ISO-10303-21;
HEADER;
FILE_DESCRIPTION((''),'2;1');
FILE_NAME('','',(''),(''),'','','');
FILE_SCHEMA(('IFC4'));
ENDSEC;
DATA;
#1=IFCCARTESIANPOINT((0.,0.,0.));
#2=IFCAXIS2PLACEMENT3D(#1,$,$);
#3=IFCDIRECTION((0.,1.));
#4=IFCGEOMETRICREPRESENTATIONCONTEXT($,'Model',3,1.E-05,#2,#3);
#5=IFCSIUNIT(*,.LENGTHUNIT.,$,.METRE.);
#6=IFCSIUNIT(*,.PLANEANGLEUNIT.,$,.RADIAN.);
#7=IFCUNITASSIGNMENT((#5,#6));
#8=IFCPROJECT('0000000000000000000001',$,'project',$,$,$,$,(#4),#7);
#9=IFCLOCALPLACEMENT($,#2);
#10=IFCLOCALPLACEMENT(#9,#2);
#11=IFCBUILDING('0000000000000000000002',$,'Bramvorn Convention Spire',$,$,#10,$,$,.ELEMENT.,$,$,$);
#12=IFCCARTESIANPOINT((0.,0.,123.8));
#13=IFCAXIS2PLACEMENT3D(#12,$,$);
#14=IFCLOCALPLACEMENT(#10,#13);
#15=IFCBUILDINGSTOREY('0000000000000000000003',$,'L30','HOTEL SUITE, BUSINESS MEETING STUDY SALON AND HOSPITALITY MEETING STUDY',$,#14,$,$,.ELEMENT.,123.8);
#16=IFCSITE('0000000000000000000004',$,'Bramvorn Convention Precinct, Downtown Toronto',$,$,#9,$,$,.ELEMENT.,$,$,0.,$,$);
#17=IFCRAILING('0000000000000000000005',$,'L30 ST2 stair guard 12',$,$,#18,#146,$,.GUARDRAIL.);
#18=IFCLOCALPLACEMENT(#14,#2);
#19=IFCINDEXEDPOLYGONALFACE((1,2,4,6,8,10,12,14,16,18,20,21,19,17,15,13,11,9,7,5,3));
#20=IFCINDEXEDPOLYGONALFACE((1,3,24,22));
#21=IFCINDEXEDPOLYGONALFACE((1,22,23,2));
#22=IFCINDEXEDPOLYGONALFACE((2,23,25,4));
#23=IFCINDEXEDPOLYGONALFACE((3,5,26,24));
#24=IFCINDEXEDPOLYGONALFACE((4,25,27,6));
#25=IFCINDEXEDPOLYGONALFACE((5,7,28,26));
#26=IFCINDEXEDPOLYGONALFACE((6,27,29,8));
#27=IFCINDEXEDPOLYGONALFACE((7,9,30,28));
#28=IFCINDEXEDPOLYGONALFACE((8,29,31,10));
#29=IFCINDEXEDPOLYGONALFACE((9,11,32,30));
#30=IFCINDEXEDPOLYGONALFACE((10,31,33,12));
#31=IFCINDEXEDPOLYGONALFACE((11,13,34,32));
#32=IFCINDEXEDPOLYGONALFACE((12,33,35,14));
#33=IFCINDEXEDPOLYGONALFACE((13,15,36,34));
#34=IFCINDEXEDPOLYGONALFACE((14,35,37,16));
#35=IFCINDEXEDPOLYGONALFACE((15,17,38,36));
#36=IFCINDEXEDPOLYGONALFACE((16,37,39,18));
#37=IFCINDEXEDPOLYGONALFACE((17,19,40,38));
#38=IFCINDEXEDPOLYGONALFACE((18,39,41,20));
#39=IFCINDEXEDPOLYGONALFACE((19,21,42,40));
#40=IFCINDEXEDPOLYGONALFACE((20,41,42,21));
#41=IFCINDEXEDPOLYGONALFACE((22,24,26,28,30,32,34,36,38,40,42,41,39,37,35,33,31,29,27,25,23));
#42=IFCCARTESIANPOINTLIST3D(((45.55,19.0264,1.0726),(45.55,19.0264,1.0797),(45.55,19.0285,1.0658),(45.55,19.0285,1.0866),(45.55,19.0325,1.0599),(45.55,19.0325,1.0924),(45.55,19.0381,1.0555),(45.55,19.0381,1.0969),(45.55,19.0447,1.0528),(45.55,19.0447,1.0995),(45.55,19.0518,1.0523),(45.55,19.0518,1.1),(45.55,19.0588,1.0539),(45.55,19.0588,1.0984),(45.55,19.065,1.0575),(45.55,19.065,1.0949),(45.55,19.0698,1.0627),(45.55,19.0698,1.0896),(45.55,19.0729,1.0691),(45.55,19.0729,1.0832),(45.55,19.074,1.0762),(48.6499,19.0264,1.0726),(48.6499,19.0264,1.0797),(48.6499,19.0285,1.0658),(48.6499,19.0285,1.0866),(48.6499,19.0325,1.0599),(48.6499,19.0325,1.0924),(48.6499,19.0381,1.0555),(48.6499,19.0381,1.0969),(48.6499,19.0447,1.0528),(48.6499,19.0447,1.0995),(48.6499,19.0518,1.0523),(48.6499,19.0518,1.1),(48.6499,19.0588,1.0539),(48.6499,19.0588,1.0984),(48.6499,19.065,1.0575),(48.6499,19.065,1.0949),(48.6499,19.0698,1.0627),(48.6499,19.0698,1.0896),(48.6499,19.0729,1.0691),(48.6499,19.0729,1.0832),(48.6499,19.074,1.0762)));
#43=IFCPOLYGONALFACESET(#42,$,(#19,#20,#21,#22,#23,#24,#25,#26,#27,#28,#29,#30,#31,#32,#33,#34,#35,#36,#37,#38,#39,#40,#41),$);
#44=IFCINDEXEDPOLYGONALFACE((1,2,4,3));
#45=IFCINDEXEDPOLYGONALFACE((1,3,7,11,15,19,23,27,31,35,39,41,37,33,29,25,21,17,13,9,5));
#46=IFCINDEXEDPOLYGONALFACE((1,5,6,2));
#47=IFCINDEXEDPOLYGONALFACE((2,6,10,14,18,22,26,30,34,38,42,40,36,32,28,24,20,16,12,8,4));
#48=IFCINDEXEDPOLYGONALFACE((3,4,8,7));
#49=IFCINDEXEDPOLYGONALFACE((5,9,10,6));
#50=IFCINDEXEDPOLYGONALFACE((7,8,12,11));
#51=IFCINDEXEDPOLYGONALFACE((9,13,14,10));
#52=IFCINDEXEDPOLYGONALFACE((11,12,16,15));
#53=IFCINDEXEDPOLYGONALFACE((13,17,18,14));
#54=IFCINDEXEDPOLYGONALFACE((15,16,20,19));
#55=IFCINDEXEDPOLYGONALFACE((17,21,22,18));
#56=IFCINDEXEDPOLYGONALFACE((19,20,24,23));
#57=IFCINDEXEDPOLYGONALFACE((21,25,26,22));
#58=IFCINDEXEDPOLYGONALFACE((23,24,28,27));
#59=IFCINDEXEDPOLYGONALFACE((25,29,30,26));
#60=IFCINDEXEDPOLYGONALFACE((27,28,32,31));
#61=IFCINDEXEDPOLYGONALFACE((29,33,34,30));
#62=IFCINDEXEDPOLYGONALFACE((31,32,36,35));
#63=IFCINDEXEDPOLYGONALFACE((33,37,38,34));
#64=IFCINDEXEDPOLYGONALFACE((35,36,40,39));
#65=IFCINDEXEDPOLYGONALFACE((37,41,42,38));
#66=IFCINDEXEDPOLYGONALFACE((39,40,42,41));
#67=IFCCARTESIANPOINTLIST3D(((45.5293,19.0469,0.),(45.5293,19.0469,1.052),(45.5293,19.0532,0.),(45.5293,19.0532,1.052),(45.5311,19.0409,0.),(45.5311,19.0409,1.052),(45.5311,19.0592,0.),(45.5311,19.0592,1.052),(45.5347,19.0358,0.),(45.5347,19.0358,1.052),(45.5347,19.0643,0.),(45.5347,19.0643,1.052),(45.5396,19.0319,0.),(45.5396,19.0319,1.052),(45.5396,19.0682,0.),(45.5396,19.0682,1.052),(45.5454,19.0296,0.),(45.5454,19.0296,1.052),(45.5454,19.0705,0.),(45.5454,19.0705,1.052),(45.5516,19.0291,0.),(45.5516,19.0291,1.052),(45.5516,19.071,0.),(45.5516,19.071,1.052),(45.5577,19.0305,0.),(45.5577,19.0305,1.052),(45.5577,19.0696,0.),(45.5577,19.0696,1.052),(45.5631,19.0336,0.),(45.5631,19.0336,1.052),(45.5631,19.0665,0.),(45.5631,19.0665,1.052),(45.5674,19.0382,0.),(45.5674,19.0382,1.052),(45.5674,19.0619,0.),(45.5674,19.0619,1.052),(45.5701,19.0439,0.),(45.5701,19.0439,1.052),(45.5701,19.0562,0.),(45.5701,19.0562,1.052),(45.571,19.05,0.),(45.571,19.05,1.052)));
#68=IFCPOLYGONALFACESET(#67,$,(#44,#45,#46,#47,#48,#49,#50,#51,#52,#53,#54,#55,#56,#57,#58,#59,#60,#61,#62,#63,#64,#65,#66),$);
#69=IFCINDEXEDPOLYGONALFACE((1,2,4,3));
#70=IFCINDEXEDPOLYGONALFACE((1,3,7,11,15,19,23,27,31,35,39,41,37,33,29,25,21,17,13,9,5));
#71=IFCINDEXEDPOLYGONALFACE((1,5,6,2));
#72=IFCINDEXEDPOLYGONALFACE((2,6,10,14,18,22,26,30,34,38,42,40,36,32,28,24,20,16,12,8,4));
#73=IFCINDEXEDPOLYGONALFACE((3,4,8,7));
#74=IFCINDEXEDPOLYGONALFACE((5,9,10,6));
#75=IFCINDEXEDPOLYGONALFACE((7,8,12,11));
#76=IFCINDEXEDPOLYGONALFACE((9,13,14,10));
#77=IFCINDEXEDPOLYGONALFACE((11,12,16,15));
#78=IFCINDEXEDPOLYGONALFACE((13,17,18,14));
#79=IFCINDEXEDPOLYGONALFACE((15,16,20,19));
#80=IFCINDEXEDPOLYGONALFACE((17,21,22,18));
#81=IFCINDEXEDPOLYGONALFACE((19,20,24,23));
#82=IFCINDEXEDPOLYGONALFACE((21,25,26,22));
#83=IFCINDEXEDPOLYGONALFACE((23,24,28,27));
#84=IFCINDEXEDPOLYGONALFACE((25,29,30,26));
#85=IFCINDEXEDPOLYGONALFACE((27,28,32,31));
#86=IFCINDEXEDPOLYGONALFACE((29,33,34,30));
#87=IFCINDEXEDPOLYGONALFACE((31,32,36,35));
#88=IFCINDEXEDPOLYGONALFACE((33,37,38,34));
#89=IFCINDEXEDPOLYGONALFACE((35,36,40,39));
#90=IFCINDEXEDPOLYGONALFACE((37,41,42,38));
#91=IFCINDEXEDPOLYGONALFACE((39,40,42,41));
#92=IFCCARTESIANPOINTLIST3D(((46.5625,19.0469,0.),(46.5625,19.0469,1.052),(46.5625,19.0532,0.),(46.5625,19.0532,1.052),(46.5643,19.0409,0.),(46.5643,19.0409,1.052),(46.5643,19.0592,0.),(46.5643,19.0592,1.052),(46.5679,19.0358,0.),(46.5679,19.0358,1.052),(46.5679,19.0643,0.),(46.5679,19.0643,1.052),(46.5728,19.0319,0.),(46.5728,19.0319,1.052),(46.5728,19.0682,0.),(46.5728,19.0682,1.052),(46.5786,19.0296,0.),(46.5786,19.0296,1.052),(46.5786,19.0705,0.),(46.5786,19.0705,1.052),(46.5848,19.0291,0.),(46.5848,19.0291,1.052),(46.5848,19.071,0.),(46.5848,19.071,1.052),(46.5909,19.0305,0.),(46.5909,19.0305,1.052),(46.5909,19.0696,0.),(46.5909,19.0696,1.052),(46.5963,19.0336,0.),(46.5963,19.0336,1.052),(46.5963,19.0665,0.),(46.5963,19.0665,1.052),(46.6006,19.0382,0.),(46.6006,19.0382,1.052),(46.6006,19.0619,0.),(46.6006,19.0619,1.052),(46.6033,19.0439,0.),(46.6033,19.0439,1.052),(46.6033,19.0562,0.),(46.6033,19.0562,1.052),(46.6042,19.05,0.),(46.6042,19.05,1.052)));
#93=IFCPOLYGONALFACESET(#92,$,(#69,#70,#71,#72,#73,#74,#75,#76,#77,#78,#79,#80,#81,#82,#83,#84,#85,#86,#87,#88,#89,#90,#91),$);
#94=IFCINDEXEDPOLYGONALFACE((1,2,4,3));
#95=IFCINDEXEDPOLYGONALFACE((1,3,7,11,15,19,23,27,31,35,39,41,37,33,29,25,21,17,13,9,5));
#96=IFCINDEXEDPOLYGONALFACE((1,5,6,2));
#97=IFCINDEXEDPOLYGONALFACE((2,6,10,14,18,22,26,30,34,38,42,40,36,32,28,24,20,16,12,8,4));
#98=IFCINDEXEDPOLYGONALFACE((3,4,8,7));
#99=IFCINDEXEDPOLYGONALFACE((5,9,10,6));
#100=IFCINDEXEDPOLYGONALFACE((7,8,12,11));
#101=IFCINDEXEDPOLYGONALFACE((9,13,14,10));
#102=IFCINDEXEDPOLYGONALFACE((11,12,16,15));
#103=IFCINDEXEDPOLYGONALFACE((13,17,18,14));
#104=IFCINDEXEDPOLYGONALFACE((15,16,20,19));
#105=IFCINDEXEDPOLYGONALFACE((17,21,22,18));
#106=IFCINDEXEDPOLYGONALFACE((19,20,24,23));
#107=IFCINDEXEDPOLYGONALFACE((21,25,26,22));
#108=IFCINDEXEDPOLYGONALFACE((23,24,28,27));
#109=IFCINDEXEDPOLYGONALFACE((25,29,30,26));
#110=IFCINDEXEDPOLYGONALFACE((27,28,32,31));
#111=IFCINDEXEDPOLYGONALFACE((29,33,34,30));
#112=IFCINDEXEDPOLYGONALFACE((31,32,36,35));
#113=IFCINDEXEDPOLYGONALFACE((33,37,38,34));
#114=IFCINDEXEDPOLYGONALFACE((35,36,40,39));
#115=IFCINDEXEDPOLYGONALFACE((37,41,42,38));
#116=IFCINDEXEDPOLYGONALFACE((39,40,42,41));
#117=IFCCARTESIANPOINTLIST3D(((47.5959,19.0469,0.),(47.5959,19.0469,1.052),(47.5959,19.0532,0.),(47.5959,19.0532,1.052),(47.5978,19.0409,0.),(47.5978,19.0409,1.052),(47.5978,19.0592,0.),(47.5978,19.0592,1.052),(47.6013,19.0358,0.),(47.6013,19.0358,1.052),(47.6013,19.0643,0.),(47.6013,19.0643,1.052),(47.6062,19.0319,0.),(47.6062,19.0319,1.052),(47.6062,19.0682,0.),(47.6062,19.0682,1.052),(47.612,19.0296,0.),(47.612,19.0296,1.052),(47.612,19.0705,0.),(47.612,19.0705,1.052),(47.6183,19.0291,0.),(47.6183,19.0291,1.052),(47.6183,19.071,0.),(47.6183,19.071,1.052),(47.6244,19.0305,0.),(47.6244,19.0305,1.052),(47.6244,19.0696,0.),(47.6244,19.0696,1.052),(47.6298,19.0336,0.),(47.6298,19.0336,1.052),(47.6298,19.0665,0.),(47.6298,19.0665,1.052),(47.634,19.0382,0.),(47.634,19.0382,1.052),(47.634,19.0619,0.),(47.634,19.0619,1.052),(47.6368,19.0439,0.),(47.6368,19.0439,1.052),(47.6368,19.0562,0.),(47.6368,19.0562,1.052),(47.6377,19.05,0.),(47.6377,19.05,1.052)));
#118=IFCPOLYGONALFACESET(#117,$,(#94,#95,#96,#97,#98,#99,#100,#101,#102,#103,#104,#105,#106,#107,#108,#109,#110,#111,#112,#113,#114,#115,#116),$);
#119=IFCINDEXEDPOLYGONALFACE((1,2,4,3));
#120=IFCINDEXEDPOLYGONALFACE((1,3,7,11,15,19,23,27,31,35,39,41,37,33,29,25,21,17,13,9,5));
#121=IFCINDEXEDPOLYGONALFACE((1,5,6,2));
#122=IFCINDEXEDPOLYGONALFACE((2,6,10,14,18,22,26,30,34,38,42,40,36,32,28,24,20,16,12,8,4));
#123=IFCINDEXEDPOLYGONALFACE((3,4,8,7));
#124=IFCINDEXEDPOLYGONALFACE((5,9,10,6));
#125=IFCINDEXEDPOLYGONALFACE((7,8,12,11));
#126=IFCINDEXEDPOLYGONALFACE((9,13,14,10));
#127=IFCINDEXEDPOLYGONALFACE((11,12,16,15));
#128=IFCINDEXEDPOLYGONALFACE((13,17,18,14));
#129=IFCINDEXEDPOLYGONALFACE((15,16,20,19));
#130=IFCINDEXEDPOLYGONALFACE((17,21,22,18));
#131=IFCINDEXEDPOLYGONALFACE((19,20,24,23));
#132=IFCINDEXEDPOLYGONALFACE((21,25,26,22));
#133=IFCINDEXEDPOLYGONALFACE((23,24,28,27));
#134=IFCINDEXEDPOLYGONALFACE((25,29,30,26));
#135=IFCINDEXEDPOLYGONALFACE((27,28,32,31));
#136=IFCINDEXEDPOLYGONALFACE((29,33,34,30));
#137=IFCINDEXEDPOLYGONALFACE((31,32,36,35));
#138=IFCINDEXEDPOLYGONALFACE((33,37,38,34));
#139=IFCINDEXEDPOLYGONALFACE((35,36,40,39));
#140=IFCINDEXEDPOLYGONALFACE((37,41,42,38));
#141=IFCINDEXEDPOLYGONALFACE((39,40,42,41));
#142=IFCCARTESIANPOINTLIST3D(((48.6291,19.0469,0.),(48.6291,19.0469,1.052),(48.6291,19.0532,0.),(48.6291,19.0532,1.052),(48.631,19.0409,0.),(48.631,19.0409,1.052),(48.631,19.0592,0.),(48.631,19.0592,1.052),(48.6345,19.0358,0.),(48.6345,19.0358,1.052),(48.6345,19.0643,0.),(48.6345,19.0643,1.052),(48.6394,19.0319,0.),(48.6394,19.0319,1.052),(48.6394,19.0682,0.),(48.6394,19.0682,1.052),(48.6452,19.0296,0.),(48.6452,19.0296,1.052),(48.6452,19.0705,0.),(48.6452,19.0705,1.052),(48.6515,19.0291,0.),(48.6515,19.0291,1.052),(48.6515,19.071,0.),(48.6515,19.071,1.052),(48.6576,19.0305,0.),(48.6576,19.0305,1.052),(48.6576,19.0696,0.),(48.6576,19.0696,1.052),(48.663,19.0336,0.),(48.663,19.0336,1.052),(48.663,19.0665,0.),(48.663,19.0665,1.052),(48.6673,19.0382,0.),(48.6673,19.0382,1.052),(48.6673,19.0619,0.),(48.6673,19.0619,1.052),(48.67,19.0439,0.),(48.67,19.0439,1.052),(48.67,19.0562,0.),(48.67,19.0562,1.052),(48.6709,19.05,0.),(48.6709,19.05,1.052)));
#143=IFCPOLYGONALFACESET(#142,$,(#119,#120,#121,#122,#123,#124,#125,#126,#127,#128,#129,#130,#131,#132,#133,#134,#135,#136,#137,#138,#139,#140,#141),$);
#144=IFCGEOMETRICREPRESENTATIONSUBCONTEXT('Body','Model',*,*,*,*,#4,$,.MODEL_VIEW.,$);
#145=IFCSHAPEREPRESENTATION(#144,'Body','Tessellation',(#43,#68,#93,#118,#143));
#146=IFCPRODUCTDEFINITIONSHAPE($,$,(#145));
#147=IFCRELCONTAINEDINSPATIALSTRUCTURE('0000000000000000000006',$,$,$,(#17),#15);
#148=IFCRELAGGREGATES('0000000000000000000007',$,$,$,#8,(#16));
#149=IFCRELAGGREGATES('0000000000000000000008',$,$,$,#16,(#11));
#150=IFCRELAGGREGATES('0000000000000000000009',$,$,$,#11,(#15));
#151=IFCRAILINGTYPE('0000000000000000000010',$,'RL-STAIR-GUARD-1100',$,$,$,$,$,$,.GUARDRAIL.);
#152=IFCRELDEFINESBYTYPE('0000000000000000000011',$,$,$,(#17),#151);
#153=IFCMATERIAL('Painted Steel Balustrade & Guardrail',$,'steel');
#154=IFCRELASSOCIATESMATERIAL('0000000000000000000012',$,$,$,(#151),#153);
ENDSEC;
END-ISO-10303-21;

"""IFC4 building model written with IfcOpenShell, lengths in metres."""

from ifc_helpers import new_model, si_unit, direction, frame, origin, origin_2d, place, context, subcontext, project, spatial, circle, extrude, material, type_object, element, save


model = new_model("IFC4")

# Units and contexts
model_context = context("Model", 3, precision=1e-05, world=origin(), true_north=direction((0.0, 1.0)))
body_context = subcontext(model_context, "Body", "Model", "MODEL_VIEW")
ifc_project = project(units=[si_unit("LENGTHUNIT", "METRE"), si_unit("PLANEANGLEUNIT", "RADIAN")], contexts=[model_context])

# Site, building, storey
site_placement = place(None, origin())
site = spatial("IfcSite", under=ifc_project, at=site_placement, Name="Bramvorn Convention Precinct, Downtown Toronto", CompositionType="ELEMENT", RefElevation=0.0)
building_placement = place(site_placement, origin())
building = spatial("IfcBuilding", under=site, at=building_placement, Name="Bramvorn Convention Spire", CompositionType="ELEMENT")
storey_placement = place(building_placement, frame((0.0, 0.0, 123.8)))
storey = spatial("IfcBuildingStorey", under=building, at=storey_placement, Name="L30", Description="HOTEL SUITE, BUSINESS MEETING STUDY SALON AND HOSPITALITY MEETING STUDY", CompositionType="ELEMENT", Elevation=123.8)

# Railing
ifc_material_1 = material(Name="Painted Steel Balustrade & Guardrail", Category="steel")
railing_type = type_object("IfcRailingType", Name="RL-STAIR-GUARD-1100", PredefinedType="GUARDRAIL", material=ifc_material_1)
railing_1_placement = place(storey_placement, frame((45.55, 19.05, 0.0)))
element("IfcRailing", 1, at=railing_1_placement, inside=storey, type_object=railing_type, Name="L30 ST2 stair guard 12", PredefinedType="GUARDRAIL", context=body_context, shape_type="SweptSolid", body=[
    extrude(circle(Radius=0.0239, at=origin_2d()), frame((0.0, 0.0, 1.0762), z_axis=(1.0, 0.0, 0.0), x_axis=(0.0, 1.0, 0.0)), (0.0, 0.0, 1.0), 3.0999),
    extrude(circle(Radius=0.021, at=origin_2d()), origin(), (0.0, 0.0, 1.0), 1.052),
    extrude(circle(Radius=0.021, at=origin_2d()), frame((1.0332, 0.0, 0.0)), (0.0, 0.0, 1.0), 1.052),
    extrude(circle(Radius=0.021, at=origin_2d()), frame((2.0667, 0.0, 0.0)), (0.0, 0.0, 1.0), 1.052),
    extrude(circle(Radius=0.021, at=origin_2d()), frame((3.0999, 0.0, 0.0)), (0.0, 0.0, 1.0), 1.052),
])

save(model, "model.ifc")
